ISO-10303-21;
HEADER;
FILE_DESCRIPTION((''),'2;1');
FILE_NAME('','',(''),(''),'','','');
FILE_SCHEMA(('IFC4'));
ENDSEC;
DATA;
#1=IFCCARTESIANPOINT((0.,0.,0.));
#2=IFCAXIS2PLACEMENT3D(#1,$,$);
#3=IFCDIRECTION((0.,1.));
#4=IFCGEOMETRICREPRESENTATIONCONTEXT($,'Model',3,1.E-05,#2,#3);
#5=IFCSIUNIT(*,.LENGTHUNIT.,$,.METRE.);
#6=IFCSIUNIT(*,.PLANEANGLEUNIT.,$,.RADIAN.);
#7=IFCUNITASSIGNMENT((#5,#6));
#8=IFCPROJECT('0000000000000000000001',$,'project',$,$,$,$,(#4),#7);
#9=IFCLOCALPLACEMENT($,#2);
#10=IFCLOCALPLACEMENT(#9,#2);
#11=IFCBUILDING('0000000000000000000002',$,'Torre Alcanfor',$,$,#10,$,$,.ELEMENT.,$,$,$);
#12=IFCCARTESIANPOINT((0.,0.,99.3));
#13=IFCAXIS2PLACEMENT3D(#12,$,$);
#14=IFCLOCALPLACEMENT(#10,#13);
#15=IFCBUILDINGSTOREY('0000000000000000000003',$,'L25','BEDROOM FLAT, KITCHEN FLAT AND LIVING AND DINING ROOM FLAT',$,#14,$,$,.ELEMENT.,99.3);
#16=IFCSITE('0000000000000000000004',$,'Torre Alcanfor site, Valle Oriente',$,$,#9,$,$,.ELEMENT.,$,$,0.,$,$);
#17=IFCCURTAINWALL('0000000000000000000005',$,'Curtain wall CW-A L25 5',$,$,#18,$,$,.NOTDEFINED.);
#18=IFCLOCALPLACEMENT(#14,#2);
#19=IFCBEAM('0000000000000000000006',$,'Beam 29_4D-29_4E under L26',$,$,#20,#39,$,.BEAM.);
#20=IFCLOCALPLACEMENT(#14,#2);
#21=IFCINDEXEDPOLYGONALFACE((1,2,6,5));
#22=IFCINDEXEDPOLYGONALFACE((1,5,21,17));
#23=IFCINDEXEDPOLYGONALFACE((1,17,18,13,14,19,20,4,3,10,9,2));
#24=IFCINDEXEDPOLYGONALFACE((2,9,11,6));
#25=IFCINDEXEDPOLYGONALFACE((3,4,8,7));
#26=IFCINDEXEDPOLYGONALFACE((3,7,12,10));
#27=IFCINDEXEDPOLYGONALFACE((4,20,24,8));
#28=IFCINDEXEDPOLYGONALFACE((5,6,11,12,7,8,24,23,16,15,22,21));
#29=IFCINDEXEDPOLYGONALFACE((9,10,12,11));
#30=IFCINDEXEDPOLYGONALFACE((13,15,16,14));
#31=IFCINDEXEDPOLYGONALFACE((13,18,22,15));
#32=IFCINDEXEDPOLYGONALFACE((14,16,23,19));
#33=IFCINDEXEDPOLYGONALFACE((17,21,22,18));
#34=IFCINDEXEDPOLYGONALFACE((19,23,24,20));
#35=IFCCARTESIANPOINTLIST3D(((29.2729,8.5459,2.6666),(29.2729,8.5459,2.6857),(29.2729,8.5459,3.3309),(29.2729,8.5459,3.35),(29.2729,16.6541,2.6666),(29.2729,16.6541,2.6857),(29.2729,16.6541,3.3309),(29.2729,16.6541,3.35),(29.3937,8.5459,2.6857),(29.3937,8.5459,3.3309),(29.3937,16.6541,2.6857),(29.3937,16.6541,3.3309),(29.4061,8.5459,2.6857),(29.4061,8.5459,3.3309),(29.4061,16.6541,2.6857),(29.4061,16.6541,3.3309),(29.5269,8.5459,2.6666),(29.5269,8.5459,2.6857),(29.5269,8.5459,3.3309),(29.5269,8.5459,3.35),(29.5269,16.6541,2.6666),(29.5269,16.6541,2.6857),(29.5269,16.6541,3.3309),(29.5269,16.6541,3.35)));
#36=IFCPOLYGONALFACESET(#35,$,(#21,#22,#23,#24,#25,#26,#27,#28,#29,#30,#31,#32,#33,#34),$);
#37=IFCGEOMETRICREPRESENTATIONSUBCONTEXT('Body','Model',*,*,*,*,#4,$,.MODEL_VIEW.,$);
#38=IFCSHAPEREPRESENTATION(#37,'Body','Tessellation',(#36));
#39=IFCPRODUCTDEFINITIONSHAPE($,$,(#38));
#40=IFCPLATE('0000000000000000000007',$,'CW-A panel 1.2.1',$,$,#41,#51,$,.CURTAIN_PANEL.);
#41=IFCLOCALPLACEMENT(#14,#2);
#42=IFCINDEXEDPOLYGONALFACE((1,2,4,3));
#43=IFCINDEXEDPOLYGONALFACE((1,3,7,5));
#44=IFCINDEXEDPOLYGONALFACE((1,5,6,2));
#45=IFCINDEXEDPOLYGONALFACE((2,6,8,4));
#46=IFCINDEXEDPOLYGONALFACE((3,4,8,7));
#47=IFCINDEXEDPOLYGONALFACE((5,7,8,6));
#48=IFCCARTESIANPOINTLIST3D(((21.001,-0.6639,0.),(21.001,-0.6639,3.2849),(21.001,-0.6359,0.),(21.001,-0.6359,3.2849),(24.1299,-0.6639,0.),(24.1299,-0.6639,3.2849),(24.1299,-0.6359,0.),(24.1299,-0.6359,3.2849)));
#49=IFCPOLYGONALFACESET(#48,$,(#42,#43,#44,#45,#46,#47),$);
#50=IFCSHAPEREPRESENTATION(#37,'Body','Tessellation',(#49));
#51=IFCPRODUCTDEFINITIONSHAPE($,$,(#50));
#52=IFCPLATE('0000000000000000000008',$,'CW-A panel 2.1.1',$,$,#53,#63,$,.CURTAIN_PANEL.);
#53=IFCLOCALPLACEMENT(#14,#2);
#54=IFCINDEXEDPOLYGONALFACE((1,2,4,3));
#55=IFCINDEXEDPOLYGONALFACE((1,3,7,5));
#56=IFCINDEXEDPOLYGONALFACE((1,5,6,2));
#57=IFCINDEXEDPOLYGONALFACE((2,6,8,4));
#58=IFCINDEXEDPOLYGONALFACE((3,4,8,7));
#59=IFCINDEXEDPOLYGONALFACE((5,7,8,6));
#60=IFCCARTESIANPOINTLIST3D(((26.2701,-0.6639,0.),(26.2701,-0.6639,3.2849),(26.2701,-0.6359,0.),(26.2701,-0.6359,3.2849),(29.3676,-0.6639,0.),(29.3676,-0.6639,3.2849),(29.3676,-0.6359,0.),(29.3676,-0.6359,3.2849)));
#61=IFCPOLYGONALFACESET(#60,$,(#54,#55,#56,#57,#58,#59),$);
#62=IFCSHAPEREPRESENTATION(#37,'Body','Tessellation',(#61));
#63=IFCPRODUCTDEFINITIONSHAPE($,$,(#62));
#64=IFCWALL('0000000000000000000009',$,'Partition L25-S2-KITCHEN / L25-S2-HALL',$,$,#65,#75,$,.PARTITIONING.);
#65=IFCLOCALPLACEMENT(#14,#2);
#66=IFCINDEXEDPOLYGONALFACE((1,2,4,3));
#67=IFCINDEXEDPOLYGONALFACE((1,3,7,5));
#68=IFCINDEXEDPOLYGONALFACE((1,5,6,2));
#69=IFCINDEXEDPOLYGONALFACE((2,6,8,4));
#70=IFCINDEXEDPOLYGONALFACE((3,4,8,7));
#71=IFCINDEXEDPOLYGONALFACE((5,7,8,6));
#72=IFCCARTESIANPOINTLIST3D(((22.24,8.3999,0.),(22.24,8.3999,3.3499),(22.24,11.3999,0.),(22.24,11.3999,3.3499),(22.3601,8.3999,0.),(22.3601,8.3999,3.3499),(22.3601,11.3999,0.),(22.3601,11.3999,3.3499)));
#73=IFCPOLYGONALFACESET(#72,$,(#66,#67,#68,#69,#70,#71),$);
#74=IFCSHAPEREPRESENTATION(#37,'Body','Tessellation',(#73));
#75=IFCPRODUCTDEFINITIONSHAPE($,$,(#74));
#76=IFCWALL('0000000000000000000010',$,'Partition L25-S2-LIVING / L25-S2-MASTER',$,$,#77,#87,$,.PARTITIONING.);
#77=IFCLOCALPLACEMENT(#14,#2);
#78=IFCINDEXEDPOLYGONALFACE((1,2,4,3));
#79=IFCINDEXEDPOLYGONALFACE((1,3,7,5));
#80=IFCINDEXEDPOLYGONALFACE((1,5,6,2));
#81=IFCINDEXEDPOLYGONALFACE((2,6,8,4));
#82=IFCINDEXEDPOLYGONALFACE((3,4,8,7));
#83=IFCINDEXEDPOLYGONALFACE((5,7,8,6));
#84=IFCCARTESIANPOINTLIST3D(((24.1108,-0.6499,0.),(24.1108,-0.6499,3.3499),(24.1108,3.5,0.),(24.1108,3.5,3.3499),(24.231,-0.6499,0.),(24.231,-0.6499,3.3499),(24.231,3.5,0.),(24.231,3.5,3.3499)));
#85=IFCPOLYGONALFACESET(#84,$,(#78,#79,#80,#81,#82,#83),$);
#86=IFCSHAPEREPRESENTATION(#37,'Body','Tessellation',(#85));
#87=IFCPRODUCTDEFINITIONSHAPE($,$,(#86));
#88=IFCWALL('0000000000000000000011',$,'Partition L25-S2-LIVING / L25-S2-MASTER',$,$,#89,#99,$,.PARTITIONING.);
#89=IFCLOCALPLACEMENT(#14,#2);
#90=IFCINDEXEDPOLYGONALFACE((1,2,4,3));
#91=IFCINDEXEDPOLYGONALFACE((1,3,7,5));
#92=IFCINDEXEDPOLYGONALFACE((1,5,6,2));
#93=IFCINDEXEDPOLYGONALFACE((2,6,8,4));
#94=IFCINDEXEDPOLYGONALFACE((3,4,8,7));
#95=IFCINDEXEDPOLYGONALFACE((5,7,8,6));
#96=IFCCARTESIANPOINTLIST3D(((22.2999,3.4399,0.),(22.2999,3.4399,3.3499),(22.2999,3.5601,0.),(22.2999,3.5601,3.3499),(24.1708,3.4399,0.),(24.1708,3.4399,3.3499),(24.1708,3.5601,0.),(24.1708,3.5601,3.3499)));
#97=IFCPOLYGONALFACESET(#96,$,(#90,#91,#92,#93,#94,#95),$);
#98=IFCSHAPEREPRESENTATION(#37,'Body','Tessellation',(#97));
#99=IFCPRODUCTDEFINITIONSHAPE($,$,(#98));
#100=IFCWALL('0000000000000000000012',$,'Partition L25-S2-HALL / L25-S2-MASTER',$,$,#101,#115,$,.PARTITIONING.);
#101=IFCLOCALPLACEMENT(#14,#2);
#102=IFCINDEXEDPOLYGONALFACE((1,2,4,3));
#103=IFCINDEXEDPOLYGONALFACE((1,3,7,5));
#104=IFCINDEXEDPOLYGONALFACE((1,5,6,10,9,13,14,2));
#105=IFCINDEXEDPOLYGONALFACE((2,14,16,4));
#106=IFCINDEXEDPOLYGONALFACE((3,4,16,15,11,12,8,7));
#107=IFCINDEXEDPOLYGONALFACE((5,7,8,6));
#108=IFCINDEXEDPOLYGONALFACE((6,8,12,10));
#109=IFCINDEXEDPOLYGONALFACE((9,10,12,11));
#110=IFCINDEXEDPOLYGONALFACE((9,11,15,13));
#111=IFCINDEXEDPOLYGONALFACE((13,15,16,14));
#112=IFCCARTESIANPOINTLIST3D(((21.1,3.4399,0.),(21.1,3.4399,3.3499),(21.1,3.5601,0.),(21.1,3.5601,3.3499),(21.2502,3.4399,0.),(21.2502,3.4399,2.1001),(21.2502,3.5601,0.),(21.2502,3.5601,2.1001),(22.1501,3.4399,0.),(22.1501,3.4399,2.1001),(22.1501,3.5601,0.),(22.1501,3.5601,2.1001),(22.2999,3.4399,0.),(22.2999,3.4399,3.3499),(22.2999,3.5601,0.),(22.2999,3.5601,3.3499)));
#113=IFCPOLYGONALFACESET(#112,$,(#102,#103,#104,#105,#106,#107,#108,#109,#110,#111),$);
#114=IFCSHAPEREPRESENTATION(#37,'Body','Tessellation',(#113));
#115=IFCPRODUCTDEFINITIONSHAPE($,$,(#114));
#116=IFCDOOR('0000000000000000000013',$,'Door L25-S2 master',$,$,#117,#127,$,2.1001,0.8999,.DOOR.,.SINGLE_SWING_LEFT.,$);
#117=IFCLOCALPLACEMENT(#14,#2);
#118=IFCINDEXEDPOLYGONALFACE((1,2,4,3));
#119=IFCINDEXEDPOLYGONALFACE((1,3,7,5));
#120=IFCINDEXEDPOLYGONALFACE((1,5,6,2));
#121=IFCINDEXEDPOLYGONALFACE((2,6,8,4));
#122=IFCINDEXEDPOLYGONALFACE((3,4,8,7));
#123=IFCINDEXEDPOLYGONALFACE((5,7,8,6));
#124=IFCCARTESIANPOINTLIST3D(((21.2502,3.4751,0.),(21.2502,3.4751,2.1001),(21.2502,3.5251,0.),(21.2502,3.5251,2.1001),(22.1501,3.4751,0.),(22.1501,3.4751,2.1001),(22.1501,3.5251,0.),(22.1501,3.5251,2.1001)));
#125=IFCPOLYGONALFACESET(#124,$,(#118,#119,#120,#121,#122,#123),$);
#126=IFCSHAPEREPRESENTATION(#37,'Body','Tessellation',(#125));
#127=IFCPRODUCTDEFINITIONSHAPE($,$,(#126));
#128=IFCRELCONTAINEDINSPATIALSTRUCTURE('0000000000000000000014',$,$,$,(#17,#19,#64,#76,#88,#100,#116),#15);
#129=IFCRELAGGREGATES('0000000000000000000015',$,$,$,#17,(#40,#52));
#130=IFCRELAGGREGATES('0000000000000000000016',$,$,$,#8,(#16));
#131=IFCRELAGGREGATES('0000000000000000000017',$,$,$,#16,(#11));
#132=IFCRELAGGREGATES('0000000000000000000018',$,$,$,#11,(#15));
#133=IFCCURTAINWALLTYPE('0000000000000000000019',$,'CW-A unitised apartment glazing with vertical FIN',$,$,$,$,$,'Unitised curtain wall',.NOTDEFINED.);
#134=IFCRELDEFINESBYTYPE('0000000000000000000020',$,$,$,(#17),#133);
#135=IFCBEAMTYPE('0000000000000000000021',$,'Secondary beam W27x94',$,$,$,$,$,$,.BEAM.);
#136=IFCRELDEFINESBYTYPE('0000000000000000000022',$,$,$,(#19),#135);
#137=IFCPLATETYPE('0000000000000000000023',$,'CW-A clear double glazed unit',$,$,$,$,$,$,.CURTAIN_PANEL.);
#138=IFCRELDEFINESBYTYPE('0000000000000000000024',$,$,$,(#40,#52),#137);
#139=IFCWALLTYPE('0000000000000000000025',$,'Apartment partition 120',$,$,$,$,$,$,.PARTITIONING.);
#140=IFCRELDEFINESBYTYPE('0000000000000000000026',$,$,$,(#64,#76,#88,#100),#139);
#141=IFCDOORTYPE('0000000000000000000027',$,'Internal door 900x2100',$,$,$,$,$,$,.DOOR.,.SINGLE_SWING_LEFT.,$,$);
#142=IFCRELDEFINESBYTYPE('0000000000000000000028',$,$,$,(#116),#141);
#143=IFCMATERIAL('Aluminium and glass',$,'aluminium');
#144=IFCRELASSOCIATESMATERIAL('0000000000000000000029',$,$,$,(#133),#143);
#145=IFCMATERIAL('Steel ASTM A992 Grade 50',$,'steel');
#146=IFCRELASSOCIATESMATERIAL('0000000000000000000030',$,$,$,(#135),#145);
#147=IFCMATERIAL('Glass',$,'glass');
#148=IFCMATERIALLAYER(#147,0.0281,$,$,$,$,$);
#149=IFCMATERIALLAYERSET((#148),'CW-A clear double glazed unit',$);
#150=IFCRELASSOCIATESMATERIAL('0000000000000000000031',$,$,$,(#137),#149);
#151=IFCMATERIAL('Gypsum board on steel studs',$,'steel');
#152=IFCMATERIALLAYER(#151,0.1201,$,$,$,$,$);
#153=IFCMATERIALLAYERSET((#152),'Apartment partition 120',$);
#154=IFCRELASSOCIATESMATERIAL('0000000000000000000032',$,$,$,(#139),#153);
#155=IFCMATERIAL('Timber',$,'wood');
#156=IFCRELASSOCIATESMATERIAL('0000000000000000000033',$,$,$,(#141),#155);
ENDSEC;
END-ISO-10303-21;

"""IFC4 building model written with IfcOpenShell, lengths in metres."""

from ifc_helpers import new_model, si_unit, direction, frame, frame_2d, origin, origin_2d, place, context, subcontext, project, spatial, rectangle, i_section, extrude, material, layer, layer_set, material_profile, profile_set, type_object, element, fill, aggregate, save


model = new_model("IFC4")

# Units and contexts
model_context = context("Model", 3, precision=1e-05, world=origin(), true_north=direction((0.0, 1.0)))
body_context = subcontext(model_context, "Body", "Model", "MODEL_VIEW")
ifc_project = project(units=[si_unit("LENGTHUNIT", "METRE"), si_unit("PLANEANGLEUNIT", "RADIAN")], contexts=[model_context])

# Site, building, storey
site_placement = place(None, origin())
site = spatial("IfcSite", under=ifc_project, at=site_placement, Name="Torre Alcanfor site, Valle Oriente", CompositionType="ELEMENT", RefElevation=0.0)
building_placement = place(site_placement, origin())
building = spatial("IfcBuilding", under=site, at=building_placement, Name="Torre Alcanfor", CompositionType="ELEMENT")
storey_placement = place(building_placement, frame((0.0, 0.0, 99.3)))
storey = spatial("IfcBuildingStorey", under=building, at=storey_placement, Name="L25", Description="BEDROOM FLAT, KITCHEN FLAT AND LIVING AND DINING ROOM FLAT", CompositionType="ELEMENT", Elevation=99.3)

# Curtain wall
ifc_material_1 = material(Name="Aluminium and glass", Category="aluminium")
curtain_wall_type = type_object("IfcCurtainWallType", Name="CW-A unitised apartment glazing with vertical FIN", ElementType="Unitised curtain wall", PredefinedType="NOTDEFINED", material=ifc_material_1)
curtain_wall_placement = place(storey_placement, origin())
curtain_wall = element("IfcCurtainWall", 1, at=curtain_wall_placement, inside=storey, type_object=curtain_wall_type, Name="Curtain wall CW-A L25 5", PredefinedType="NOTDEFINED")

# Beam
ifc_material_2 = material(Name="Steel ASTM A992 Grade 50", Category="steel")
ifc_material_profile_1 = material_profile(ifc_material_2, i_section(OverallWidth=0.2539, OverallDepth=0.6833, WebThickness=0.0125, FlangeThickness=0.019, at=origin_2d()), Name="W27x94")
ifc_profile_set_1 = profile_set([ifc_material_profile_1], Name="Steel ASTM A992 Grade 50")
beam_type_1 = type_object("IfcBeamType", Name="Secondary beam W27x94", PredefinedType="BEAM", material=ifc_profile_set_1)
beam_1_placement = place(storey_placement, frame((29.3999, 8.5459, 3.0083), z_axis=(0.0, 1.0, 0.0), x_axis=(-1.0, 0.0, 0.0)))
element("IfcBeam", 2, at=beam_1_placement, inside=storey, type_object=beam_type_1, Name="Beam 29_4D-29_4E under L26", PredefinedType="BEAM", context=body_context, shape_type="SweptSolid", body=[
    extrude(i_section(OverallWidth=0.2539, OverallDepth=0.6833, WebThickness=0.0125, FlangeThickness=0.019, at=origin_2d()), origin(), (0.0, 0.0, 1.0), 8.1082),
])

# Plates
ifc_material_3 = material(Name="Glass", Category="glass")
ifc_layer_1 = layer(ifc_material_3, 0.0281)
ifc_layer_set_1 = layer_set([ifc_layer_1], Name="CW-A clear double glazed unit")
plate_type = type_object("IfcPlateType", Name="CW-A clear double glazed unit", PredefinedType="CURTAIN_PANEL", material=ifc_layer_set_1)
plate_1_placement = place(storey_placement, frame((22.5654, -0.6499, 0.0), z_axis=(0.0, 0.0, 1.0), x_axis=(1.0, 0.0, 0.0)))
plate_1 = element("IfcPlate", 3, at=plate_1_placement, type_object=plate_type, Name="CW-A panel 1.2.1", PredefinedType="CURTAIN_PANEL", context=body_context, shape_type="SweptSolid", body=[
    extrude(rectangle(XDim=3.1289, YDim=0.0281, at=origin_2d()), origin(), (0.0, 0.0, 1.0), 3.2849),
])
plate_2_placement = place(storey_placement, frame((27.8188, -0.6499, 0.0), z_axis=(0.0, 0.0, 1.0), x_axis=(1.0, 0.0, 0.0)))
plate_2 = element("IfcPlate", 4, at=plate_2_placement, type_object=plate_type, Name="CW-A panel 2.1.1", PredefinedType="CURTAIN_PANEL", context=body_context, shape_type="SweptSolid", body=[
    extrude(rectangle(XDim=3.0974, YDim=0.0281, at=origin_2d()), origin(), (0.0, 0.0, 1.0), 3.2849),
])
aggregate(curtain_wall, [plate_1, plate_2])

# Walls
ifc_material_4 = material(Name="Gypsum board on steel studs", Category="steel")
ifc_layer_2 = layer(ifc_material_4, 0.1201)
ifc_layer_set_2 = layer_set([ifc_layer_2], Name="Apartment partition 120")
wall_type = type_object("IfcWallType", Name="Apartment partition 120", PredefinedType="PARTITIONING", material=ifc_layer_set_2)
wall_1_placement = place(storey_placement, frame((22.3, 8.3999, 0.0), z_axis=(0.0, 0.0, 1.0), x_axis=(0.0, 1.0, 0.0)))
element("IfcWall", 5, at=wall_1_placement, inside=storey, type_object=wall_type, Name="Partition L25-S2-KITCHEN / L25-S2-HALL", PredefinedType="PARTITIONING", context=body_context, shape_type="SweptSolid", body=[
    extrude(rectangle(XDim=3.0, YDim=0.1201, at=frame_2d((1.5, 0.0))), origin(), (0.0, 0.0, 1.0), 3.3499),
])
wall_2_placement = place(storey_placement, frame((24.1709, -0.6499, 0.0), z_axis=(0.0, 0.0, 1.0), x_axis=(0.0, 1.0, 0.0)))
element("IfcWall", 6, at=wall_2_placement, inside=storey, type_object=wall_type, Name="Partition L25-S2-LIVING / L25-S2-MASTER", PredefinedType="PARTITIONING", context=body_context, shape_type="SweptSolid", body=[
    extrude(rectangle(XDim=4.1499, YDim=0.1201, at=frame_2d((2.075, 0.0))), origin(), (0.0, 0.0, 1.0), 3.3499),
])
wall_3_placement = place(storey_placement, frame((24.1709, 3.5, 0.0), z_axis=(0.0, 0.0, 1.0), x_axis=(-1.0, 0.0, 0.0)))
element("IfcWall", 7, at=wall_3_placement, inside=storey, type_object=wall_type, Name="Partition L25-S2-LIVING / L25-S2-MASTER", PredefinedType="PARTITIONING", context=body_context, shape_type="SweptSolid", body=[
    extrude(rectangle(XDim=1.8708, YDim=0.1201, at=frame_2d((0.9355, 0.0))), origin(), (0.0, 0.0, 1.0), 3.3499),
])

# Wall, opening, door
wall_4_placement = place(storey_placement, frame((22.3, 3.5, 0.0), z_axis=(0.0, 0.0, 1.0), x_axis=(-1.0, 0.0, 0.0)))
wall_4 = element("IfcWall", 8, at=wall_4_placement, inside=storey, type_object=wall_type, Name="Partition L25-S2-HALL / L25-S2-MASTER", PredefinedType="PARTITIONING", context=body_context, shape_type="SweptSolid", body=[
    extrude(rectangle(XDim=1.2, YDim=0.1201, at=frame_2d((0.6001, 0.0))), origin(), (0.0, 0.0, 1.0), 3.3499),
])
opening_placement = place(wall_4_placement, frame((0.1499, 0.0, 0.0)))
opening = element("IfcOpeningElement", 9, at=opening_placement, cuts=wall_4, PredefinedType="OPENING", context=body_context, shape_type="SweptSolid", body=[
    extrude(rectangle(XDim=0.8999, YDim=2.1001, at=frame_2d((0.45, 1.05))), frame((0.0, 0.0701, 0.0), z_axis=(0.0, -1.0, 0.0), x_axis=(1.0, 0.0, 0.0)), (0.0, 0.0, 1.0), 0.1401),
])
ifc_material_5 = material(Name="Timber", Category="wood")
door_type = type_object("IfcDoorType", Name="Internal door 900x2100", OperationType="SINGLE_SWING_LEFT", PredefinedType="DOOR", material=ifc_material_5)
door_placement = place(opening_placement, origin())
door = element("IfcDoor", 10, at=door_placement, inside=storey, type_object=door_type, Name="Door L25-S2 master", OperationType="SINGLE_SWING_LEFT", OverallHeight=2.1001, OverallWidth=0.8999, PredefinedType="DOOR", context=body_context, shape_type="SweptSolid", body=[
    extrude(rectangle(XDim=0.8999, YDim=2.1001, at=frame_2d((0.45, 1.05))), frame((0.0, 0.0249, 0.0), z_axis=(0.0, -1.0, 0.0), x_axis=(1.0, 0.0, 0.0)), (0.0, 0.0, 1.0), 0.05),
])
fill(opening, door)

save(model, "model.ifc")
